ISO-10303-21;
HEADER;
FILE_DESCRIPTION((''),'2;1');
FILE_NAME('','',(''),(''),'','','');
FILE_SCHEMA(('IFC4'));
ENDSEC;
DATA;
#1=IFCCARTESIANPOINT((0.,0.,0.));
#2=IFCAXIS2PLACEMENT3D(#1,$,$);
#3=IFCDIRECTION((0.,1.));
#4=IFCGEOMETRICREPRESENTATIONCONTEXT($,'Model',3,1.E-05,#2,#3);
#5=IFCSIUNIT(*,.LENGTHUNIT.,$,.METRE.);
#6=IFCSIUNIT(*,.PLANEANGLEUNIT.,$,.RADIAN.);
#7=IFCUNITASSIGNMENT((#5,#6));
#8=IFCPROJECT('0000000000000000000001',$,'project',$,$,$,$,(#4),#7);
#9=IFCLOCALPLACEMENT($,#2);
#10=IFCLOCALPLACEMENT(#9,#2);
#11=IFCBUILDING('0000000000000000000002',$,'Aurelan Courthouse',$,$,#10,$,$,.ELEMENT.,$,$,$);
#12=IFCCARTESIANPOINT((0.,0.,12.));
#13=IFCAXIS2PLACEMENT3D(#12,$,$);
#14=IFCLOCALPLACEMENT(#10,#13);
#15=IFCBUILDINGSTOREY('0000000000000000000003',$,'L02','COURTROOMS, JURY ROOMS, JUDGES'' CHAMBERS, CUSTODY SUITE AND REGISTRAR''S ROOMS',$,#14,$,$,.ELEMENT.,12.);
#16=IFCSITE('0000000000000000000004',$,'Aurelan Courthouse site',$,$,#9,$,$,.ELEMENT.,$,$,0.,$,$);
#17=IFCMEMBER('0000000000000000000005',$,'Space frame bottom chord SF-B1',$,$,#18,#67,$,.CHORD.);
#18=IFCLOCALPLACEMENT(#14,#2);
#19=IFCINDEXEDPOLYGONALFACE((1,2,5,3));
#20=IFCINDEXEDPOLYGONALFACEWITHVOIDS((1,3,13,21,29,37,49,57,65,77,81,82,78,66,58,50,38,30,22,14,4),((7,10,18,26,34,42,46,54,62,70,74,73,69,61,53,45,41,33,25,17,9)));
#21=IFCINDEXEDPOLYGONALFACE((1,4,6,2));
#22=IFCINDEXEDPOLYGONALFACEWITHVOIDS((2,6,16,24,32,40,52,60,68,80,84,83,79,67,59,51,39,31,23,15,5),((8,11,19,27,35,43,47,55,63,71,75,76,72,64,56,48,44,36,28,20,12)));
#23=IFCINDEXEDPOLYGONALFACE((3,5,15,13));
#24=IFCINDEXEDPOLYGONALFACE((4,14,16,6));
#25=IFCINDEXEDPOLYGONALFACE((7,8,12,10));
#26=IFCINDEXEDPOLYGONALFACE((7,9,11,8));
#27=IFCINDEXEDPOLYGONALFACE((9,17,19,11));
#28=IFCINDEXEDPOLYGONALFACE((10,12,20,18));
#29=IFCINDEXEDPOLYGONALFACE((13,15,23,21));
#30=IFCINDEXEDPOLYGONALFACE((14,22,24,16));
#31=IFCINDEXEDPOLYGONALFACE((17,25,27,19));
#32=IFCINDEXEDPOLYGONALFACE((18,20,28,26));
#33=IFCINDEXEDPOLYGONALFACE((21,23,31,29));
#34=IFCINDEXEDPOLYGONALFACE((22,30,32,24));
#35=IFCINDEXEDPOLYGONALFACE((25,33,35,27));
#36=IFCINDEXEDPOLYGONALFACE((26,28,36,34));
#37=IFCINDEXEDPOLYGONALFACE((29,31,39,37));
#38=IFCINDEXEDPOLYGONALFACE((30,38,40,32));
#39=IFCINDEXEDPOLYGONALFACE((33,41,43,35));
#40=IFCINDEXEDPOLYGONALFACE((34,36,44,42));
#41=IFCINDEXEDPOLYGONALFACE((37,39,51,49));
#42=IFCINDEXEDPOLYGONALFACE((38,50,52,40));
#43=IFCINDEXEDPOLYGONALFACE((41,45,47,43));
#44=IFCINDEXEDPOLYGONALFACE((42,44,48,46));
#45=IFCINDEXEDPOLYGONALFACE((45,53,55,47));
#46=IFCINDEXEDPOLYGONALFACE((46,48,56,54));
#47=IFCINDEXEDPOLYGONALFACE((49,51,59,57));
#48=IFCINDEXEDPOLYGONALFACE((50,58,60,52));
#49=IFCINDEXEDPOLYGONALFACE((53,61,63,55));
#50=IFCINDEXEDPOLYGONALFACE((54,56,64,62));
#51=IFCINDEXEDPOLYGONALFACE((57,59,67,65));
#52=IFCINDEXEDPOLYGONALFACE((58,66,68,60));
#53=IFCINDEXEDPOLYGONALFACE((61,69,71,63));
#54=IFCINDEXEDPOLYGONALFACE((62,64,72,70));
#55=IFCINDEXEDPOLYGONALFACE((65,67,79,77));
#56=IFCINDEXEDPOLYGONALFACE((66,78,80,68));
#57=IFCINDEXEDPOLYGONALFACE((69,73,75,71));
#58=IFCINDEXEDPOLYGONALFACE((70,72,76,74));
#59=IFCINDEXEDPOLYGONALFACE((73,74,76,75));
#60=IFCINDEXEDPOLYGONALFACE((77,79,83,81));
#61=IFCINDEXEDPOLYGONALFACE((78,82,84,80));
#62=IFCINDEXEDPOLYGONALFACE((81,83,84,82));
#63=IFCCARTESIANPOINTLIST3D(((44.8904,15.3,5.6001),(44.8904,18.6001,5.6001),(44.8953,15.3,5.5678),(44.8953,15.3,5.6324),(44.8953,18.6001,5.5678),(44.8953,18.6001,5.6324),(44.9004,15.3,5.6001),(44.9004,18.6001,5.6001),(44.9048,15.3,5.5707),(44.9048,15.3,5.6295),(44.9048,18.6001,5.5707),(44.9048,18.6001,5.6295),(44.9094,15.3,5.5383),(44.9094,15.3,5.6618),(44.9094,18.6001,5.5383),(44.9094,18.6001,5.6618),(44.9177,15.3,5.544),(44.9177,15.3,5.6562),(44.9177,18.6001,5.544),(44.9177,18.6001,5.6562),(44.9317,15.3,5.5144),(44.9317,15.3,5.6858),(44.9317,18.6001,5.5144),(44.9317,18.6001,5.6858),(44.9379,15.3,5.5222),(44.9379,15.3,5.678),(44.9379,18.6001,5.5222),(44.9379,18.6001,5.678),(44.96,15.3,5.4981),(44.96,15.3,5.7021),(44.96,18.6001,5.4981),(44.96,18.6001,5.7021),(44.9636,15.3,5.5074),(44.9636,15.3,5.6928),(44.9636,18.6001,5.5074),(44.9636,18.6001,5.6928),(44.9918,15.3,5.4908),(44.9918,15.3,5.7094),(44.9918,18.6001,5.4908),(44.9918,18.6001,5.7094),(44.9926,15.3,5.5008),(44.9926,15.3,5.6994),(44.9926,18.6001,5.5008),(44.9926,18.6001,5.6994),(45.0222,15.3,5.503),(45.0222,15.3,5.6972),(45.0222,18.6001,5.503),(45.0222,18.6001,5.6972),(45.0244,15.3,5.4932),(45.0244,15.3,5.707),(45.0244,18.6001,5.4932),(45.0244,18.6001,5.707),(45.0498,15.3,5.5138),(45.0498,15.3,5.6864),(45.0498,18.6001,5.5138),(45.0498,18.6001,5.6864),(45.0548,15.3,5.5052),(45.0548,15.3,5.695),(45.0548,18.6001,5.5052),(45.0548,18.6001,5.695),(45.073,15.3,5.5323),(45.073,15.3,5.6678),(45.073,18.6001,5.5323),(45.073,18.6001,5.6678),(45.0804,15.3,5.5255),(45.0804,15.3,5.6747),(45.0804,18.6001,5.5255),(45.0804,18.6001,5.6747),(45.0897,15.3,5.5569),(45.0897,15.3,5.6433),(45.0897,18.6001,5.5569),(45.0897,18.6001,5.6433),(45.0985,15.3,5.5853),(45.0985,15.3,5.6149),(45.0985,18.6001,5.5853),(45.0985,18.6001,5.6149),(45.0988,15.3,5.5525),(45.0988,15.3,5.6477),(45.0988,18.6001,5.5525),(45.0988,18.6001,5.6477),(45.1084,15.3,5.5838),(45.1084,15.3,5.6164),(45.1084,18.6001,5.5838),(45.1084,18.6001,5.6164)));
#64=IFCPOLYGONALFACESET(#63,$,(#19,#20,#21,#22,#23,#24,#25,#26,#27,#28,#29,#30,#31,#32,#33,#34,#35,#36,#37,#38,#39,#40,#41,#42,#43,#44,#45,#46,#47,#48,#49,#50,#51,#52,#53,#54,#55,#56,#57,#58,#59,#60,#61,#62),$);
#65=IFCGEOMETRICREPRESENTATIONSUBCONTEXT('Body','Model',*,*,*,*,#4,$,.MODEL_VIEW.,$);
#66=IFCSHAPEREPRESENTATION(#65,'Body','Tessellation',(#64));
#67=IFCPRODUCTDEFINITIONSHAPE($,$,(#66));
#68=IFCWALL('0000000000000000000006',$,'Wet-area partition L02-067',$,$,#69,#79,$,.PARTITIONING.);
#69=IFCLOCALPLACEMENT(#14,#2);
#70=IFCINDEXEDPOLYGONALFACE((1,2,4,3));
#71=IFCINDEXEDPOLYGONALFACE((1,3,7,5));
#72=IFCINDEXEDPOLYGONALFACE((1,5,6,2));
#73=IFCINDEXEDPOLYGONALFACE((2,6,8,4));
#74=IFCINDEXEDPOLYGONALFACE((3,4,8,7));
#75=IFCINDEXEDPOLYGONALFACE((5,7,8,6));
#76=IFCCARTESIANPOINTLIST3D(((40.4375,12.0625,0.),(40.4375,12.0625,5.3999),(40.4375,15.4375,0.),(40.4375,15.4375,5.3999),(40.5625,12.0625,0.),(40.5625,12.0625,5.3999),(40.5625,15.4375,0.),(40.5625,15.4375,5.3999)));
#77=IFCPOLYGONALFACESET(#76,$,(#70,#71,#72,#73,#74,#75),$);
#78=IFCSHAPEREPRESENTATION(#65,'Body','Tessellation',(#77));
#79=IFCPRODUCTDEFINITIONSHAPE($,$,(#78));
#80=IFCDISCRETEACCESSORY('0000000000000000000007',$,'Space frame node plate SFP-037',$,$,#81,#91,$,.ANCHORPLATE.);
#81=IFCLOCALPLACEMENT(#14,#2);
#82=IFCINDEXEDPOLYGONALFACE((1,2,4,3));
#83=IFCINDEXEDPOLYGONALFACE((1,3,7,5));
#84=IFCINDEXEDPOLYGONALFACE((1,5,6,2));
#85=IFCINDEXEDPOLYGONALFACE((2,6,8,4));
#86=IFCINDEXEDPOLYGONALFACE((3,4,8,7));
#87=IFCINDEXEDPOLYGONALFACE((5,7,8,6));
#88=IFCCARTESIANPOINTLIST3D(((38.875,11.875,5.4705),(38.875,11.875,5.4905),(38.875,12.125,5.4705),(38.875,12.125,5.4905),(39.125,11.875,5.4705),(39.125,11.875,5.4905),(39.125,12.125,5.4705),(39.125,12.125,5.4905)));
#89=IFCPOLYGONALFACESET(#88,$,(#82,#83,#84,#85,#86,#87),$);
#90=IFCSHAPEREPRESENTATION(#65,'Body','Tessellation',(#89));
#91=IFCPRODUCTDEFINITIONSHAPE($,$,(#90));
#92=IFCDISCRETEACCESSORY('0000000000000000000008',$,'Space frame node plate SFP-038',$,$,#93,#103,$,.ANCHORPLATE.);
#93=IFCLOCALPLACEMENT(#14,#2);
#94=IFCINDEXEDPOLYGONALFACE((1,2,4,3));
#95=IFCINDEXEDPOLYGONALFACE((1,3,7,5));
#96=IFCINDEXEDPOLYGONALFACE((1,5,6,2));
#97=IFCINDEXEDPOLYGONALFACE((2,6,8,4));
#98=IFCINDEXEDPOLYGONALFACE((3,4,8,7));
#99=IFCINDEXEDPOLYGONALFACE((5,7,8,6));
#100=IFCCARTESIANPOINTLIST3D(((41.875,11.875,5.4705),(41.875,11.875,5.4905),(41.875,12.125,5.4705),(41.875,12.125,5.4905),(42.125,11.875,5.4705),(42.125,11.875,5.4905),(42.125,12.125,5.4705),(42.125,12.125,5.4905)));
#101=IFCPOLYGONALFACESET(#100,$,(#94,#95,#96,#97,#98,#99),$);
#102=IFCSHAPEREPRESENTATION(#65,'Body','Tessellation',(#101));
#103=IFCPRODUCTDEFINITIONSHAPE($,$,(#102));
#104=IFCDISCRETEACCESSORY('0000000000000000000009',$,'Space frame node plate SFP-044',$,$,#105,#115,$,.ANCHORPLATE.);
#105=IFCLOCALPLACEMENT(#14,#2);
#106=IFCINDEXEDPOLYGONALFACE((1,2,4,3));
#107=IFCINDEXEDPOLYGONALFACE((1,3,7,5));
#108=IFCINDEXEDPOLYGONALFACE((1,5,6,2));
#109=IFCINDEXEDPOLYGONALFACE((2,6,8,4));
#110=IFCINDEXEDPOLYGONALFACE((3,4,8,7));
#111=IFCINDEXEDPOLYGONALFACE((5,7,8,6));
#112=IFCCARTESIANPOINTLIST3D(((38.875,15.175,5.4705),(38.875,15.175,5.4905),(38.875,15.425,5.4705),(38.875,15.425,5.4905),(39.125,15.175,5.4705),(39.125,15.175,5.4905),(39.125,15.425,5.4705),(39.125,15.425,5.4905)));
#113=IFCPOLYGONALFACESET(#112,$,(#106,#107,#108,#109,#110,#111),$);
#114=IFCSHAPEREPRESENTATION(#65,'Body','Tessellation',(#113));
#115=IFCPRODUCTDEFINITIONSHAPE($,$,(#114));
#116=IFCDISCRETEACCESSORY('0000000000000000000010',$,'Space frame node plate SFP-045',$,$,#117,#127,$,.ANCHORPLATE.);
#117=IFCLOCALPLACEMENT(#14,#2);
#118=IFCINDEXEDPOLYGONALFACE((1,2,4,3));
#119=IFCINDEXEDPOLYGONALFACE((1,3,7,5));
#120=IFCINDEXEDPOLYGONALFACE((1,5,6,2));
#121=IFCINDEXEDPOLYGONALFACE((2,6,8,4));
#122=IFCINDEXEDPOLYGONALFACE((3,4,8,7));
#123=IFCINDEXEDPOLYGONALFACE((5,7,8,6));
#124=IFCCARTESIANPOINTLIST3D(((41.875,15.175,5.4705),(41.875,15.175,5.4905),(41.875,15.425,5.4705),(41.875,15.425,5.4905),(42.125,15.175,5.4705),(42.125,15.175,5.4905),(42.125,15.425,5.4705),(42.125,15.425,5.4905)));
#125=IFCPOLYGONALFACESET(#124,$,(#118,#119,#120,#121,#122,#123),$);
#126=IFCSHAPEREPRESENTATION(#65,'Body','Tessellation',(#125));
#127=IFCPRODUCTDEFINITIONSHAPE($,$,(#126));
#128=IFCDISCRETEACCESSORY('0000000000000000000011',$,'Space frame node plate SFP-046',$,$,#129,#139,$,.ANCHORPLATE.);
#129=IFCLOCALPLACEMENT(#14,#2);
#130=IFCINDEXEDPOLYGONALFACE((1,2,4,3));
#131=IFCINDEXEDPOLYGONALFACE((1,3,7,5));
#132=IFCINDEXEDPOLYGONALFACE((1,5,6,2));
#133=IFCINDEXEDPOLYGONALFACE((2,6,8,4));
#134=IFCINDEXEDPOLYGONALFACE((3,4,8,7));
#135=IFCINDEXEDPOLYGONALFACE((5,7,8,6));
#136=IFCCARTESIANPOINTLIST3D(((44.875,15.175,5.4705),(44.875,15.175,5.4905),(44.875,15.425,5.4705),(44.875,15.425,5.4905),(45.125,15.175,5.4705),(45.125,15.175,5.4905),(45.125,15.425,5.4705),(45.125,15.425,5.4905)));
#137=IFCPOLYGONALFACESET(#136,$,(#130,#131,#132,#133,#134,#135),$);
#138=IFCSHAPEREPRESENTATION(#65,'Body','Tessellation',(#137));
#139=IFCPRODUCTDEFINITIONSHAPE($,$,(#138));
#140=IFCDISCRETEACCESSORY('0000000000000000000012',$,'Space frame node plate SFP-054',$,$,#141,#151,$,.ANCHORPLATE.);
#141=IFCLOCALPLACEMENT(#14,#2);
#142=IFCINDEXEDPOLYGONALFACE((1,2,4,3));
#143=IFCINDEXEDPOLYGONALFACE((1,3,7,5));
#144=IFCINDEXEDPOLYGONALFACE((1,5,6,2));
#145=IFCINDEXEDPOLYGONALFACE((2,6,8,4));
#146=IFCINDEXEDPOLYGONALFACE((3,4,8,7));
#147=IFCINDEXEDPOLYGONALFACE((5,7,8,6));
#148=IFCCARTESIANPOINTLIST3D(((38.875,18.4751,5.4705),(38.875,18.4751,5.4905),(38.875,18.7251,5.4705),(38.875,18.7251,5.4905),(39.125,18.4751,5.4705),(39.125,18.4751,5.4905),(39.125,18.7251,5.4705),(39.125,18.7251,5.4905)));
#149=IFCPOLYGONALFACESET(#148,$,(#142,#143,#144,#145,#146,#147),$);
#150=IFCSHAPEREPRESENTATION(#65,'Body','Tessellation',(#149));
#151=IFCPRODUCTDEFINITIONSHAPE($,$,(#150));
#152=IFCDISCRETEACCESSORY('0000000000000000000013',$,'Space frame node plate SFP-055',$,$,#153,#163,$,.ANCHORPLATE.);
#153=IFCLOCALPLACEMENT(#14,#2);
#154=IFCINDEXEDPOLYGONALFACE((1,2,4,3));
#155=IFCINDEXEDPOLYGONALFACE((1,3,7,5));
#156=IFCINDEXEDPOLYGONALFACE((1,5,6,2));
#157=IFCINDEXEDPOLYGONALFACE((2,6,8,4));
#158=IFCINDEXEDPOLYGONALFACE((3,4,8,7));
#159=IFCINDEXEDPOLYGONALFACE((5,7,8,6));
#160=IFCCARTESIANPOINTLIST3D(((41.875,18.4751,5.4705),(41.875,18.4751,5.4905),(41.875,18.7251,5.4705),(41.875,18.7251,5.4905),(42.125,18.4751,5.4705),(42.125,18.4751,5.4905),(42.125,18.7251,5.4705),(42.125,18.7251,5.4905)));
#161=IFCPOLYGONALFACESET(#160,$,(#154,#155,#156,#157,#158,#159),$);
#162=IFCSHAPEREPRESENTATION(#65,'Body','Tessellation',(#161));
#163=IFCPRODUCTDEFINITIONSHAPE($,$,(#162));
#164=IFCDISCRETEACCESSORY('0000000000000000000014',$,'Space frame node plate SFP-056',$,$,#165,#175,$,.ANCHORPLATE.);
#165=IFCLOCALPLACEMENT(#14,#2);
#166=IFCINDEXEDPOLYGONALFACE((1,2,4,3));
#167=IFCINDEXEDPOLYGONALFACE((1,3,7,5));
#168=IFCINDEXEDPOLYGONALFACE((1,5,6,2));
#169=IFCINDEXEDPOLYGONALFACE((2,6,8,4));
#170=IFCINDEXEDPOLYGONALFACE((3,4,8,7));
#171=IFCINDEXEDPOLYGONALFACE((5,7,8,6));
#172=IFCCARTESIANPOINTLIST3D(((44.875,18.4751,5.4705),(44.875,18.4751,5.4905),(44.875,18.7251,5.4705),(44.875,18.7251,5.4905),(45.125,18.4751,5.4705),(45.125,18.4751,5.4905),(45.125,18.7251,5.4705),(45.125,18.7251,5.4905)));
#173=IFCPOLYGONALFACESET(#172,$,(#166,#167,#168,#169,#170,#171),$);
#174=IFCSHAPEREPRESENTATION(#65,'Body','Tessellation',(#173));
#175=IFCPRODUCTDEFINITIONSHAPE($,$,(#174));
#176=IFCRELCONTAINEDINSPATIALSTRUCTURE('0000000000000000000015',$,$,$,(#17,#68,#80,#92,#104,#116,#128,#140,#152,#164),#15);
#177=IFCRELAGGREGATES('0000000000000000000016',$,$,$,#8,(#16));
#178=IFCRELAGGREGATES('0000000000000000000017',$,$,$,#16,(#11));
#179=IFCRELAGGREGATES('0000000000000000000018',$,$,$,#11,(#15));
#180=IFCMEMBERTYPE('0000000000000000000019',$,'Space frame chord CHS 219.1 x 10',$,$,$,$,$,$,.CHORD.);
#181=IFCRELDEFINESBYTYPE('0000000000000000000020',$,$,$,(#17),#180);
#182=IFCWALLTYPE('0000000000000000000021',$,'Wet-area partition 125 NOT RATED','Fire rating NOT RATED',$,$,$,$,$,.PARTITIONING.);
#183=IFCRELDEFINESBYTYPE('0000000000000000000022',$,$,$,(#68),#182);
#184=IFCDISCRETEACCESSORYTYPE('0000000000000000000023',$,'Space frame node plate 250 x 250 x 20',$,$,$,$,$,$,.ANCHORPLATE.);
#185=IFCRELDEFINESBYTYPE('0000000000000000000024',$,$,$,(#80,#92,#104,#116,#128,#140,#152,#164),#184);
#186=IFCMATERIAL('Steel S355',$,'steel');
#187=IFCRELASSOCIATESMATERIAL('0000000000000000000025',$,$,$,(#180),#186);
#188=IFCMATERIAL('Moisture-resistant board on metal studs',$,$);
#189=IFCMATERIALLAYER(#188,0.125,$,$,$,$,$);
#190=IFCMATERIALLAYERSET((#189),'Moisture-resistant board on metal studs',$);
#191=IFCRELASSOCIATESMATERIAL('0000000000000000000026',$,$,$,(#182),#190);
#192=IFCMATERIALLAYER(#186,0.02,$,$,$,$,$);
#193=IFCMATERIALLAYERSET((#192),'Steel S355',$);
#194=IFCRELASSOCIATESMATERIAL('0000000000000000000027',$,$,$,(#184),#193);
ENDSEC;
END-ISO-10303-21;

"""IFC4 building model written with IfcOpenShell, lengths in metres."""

from ifc_helpers import new_model, si_unit, direction, frame, frame_2d, origin, origin_2d, place, context, subcontext, project, spatial, rectangle, hollow_circle, extrude, material, layer, layer_set, material_profile, profile_set, type_object, element, save


model = new_model("IFC4")

# Units and contexts
model_context = context("Model", 3, precision=1e-05, world=origin(), true_north=direction((0.0, 1.0)))
body_context = subcontext(model_context, "Body", "Model", "MODEL_VIEW")
ifc_project = project(units=[si_unit("LENGTHUNIT", "METRE"), si_unit("PLANEANGLEUNIT", "RADIAN")], contexts=[model_context])

# Site, building, storey
site_placement = place(None, origin())
site = spatial("IfcSite", under=ifc_project, at=site_placement, Name="Aurelan Courthouse site", CompositionType="ELEMENT", RefElevation=0.0)
building_placement = place(site_placement, origin())
building = spatial("IfcBuilding", under=site, at=building_placement, Name="Aurelan Courthouse", CompositionType="ELEMENT")
storey_placement = place(building_placement, frame((0.0, 0.0, 12.0)))
storey = spatial("IfcBuildingStorey", under=building, at=storey_placement, Name="L02", Description="COURTROOMS, JURY ROOMS, JUDGES' CHAMBERS, CUSTODY SUITE AND REGISTRAR'S ROOMS", CompositionType="ELEMENT", Elevation=12.0)

# Shared definitions
ifc_material_1 = material(Name="Steel S355", Category="steel")

# Member
ifc_material_profile_1 = material_profile(ifc_material_1, hollow_circle(Radius=0.1096, WallThickness=0.01, at=origin_2d()), Name="CHS 219.1 x 10")
ifc_profile_set_1 = profile_set([ifc_material_profile_1], Name="Steel S355")
member_type_1 = type_object("IfcMemberType", Name="Space frame chord CHS 219.1 x 10", PredefinedType="CHORD", material=ifc_profile_set_1)
for number, where, z_axis, x_axis, name in (
    (1, (45.0, 15.3, 5.6001), (0.0, 1.0, 0.0), (-1.0, 0.0, 0.0), "Space frame bottom chord SF-B1"),
):
    element("IfcMember", number, at=place(storey_placement, frame(where, z_axis=z_axis, x_axis=x_axis)), inside=storey, type_object=member_type_1, Name=name, PredefinedType="CHORD", context=body_context, shape_type="SweptSolid", body=[
        extrude(hollow_circle(Radius=0.1096, WallThickness=0.01, at=origin_2d()), origin(), (0.0, 0.0, 1.0), 3.3),
    ])

# Wall
ifc_material_2 = material(Name="Moisture-resistant board on metal studs")
ifc_layer_1 = layer(ifc_material_2, 0.125)
ifc_layer_set_1 = layer_set([ifc_layer_1], Name="Moisture-resistant board on metal studs")
wall_type = type_object("IfcWallType", Name="Wet-area partition 125 NOT RATED", Description="Fire rating NOT RATED", PredefinedType="PARTITIONING", material=ifc_layer_set_1)
wall_placement = place(storey_placement, frame((40.5, 12.0625, 0.0), z_axis=(0.0, 0.0, 1.0), x_axis=(0.0, 1.0, 0.0)))
element("IfcWall", 2, at=wall_placement, inside=storey, type_object=wall_type, Name="Wet-area partition L02-067", PredefinedType="PARTITIONING", context=body_context, shape_type="SweptSolid", body=[
    extrude(rectangle(XDim=3.375, YDim=0.125, at=frame_2d((1.6875, 0.0))), origin(), (0.0, 0.0, 1.0), 5.3999),
])

# Discrete accessories
ifc_layer_2 = layer(ifc_material_1, 0.02)
ifc_layer_set_2 = layer_set([ifc_layer_2], Name="Steel S355")
discrete_accessory_type = type_object("IfcDiscreteAccessoryType", Name="Space frame node plate 250 x 250 x 20", PredefinedType="ANCHORPLATE", material=ifc_layer_set_2)
for number, where, z_axis, x_axis, name in (
    (3, (39.0, 12.0, 5.4705), (0.0, 0.0, 1.0), (1.0, 0.0, 0.0), "Space frame node plate SFP-037"),
    (4, (42.0, 12.0, 5.4705), (0.0, 0.0, 1.0), (1.0, 0.0, 0.0), "Space frame node plate SFP-038"),
    (5, (39.0, 15.3, 5.4705), (0.0, 0.0, 1.0), (1.0, 0.0, 0.0), "Space frame node plate SFP-044"),
    (6, (42.0, 15.3, 5.4705), (0.0, 0.0, 1.0), (1.0, 0.0, 0.0), "Space frame node plate SFP-045"),
    (7, (45.0, 15.3, 5.4705), (0.0, 0.0, 1.0), (1.0, 0.0, 0.0), "Space frame node plate SFP-046"),
    (8, (39.0, 18.6001, 5.4705), (0.0, 0.0, 1.0), (1.0, 0.0, 0.0), "Space frame node plate SFP-054"),
    (9, (42.0, 18.6001, 5.4705), (0.0, 0.0, 1.0), (1.0, 0.0, 0.0), "Space frame node plate SFP-055"),
    (10, (45.0, 18.6001, 5.4705), (0.0, 0.0, 1.0), (1.0, 0.0, 0.0), "Space frame node plate SFP-056"),
):
    element("IfcDiscreteAccessory", number, at=place(storey_placement, frame(where, z_axis=z_axis, x_axis=x_axis)), inside=storey, type_object=discrete_accessory_type, Name=name, PredefinedType="ANCHORPLATE", context=body_context, shape_type="SweptSolid", body=[
        extrude(rectangle(XDim=0.25, YDim=0.25, at=origin_2d()), origin(), (0.0, 0.0, 1.0), 0.02),
    ])

save(model, "model.ifc")
